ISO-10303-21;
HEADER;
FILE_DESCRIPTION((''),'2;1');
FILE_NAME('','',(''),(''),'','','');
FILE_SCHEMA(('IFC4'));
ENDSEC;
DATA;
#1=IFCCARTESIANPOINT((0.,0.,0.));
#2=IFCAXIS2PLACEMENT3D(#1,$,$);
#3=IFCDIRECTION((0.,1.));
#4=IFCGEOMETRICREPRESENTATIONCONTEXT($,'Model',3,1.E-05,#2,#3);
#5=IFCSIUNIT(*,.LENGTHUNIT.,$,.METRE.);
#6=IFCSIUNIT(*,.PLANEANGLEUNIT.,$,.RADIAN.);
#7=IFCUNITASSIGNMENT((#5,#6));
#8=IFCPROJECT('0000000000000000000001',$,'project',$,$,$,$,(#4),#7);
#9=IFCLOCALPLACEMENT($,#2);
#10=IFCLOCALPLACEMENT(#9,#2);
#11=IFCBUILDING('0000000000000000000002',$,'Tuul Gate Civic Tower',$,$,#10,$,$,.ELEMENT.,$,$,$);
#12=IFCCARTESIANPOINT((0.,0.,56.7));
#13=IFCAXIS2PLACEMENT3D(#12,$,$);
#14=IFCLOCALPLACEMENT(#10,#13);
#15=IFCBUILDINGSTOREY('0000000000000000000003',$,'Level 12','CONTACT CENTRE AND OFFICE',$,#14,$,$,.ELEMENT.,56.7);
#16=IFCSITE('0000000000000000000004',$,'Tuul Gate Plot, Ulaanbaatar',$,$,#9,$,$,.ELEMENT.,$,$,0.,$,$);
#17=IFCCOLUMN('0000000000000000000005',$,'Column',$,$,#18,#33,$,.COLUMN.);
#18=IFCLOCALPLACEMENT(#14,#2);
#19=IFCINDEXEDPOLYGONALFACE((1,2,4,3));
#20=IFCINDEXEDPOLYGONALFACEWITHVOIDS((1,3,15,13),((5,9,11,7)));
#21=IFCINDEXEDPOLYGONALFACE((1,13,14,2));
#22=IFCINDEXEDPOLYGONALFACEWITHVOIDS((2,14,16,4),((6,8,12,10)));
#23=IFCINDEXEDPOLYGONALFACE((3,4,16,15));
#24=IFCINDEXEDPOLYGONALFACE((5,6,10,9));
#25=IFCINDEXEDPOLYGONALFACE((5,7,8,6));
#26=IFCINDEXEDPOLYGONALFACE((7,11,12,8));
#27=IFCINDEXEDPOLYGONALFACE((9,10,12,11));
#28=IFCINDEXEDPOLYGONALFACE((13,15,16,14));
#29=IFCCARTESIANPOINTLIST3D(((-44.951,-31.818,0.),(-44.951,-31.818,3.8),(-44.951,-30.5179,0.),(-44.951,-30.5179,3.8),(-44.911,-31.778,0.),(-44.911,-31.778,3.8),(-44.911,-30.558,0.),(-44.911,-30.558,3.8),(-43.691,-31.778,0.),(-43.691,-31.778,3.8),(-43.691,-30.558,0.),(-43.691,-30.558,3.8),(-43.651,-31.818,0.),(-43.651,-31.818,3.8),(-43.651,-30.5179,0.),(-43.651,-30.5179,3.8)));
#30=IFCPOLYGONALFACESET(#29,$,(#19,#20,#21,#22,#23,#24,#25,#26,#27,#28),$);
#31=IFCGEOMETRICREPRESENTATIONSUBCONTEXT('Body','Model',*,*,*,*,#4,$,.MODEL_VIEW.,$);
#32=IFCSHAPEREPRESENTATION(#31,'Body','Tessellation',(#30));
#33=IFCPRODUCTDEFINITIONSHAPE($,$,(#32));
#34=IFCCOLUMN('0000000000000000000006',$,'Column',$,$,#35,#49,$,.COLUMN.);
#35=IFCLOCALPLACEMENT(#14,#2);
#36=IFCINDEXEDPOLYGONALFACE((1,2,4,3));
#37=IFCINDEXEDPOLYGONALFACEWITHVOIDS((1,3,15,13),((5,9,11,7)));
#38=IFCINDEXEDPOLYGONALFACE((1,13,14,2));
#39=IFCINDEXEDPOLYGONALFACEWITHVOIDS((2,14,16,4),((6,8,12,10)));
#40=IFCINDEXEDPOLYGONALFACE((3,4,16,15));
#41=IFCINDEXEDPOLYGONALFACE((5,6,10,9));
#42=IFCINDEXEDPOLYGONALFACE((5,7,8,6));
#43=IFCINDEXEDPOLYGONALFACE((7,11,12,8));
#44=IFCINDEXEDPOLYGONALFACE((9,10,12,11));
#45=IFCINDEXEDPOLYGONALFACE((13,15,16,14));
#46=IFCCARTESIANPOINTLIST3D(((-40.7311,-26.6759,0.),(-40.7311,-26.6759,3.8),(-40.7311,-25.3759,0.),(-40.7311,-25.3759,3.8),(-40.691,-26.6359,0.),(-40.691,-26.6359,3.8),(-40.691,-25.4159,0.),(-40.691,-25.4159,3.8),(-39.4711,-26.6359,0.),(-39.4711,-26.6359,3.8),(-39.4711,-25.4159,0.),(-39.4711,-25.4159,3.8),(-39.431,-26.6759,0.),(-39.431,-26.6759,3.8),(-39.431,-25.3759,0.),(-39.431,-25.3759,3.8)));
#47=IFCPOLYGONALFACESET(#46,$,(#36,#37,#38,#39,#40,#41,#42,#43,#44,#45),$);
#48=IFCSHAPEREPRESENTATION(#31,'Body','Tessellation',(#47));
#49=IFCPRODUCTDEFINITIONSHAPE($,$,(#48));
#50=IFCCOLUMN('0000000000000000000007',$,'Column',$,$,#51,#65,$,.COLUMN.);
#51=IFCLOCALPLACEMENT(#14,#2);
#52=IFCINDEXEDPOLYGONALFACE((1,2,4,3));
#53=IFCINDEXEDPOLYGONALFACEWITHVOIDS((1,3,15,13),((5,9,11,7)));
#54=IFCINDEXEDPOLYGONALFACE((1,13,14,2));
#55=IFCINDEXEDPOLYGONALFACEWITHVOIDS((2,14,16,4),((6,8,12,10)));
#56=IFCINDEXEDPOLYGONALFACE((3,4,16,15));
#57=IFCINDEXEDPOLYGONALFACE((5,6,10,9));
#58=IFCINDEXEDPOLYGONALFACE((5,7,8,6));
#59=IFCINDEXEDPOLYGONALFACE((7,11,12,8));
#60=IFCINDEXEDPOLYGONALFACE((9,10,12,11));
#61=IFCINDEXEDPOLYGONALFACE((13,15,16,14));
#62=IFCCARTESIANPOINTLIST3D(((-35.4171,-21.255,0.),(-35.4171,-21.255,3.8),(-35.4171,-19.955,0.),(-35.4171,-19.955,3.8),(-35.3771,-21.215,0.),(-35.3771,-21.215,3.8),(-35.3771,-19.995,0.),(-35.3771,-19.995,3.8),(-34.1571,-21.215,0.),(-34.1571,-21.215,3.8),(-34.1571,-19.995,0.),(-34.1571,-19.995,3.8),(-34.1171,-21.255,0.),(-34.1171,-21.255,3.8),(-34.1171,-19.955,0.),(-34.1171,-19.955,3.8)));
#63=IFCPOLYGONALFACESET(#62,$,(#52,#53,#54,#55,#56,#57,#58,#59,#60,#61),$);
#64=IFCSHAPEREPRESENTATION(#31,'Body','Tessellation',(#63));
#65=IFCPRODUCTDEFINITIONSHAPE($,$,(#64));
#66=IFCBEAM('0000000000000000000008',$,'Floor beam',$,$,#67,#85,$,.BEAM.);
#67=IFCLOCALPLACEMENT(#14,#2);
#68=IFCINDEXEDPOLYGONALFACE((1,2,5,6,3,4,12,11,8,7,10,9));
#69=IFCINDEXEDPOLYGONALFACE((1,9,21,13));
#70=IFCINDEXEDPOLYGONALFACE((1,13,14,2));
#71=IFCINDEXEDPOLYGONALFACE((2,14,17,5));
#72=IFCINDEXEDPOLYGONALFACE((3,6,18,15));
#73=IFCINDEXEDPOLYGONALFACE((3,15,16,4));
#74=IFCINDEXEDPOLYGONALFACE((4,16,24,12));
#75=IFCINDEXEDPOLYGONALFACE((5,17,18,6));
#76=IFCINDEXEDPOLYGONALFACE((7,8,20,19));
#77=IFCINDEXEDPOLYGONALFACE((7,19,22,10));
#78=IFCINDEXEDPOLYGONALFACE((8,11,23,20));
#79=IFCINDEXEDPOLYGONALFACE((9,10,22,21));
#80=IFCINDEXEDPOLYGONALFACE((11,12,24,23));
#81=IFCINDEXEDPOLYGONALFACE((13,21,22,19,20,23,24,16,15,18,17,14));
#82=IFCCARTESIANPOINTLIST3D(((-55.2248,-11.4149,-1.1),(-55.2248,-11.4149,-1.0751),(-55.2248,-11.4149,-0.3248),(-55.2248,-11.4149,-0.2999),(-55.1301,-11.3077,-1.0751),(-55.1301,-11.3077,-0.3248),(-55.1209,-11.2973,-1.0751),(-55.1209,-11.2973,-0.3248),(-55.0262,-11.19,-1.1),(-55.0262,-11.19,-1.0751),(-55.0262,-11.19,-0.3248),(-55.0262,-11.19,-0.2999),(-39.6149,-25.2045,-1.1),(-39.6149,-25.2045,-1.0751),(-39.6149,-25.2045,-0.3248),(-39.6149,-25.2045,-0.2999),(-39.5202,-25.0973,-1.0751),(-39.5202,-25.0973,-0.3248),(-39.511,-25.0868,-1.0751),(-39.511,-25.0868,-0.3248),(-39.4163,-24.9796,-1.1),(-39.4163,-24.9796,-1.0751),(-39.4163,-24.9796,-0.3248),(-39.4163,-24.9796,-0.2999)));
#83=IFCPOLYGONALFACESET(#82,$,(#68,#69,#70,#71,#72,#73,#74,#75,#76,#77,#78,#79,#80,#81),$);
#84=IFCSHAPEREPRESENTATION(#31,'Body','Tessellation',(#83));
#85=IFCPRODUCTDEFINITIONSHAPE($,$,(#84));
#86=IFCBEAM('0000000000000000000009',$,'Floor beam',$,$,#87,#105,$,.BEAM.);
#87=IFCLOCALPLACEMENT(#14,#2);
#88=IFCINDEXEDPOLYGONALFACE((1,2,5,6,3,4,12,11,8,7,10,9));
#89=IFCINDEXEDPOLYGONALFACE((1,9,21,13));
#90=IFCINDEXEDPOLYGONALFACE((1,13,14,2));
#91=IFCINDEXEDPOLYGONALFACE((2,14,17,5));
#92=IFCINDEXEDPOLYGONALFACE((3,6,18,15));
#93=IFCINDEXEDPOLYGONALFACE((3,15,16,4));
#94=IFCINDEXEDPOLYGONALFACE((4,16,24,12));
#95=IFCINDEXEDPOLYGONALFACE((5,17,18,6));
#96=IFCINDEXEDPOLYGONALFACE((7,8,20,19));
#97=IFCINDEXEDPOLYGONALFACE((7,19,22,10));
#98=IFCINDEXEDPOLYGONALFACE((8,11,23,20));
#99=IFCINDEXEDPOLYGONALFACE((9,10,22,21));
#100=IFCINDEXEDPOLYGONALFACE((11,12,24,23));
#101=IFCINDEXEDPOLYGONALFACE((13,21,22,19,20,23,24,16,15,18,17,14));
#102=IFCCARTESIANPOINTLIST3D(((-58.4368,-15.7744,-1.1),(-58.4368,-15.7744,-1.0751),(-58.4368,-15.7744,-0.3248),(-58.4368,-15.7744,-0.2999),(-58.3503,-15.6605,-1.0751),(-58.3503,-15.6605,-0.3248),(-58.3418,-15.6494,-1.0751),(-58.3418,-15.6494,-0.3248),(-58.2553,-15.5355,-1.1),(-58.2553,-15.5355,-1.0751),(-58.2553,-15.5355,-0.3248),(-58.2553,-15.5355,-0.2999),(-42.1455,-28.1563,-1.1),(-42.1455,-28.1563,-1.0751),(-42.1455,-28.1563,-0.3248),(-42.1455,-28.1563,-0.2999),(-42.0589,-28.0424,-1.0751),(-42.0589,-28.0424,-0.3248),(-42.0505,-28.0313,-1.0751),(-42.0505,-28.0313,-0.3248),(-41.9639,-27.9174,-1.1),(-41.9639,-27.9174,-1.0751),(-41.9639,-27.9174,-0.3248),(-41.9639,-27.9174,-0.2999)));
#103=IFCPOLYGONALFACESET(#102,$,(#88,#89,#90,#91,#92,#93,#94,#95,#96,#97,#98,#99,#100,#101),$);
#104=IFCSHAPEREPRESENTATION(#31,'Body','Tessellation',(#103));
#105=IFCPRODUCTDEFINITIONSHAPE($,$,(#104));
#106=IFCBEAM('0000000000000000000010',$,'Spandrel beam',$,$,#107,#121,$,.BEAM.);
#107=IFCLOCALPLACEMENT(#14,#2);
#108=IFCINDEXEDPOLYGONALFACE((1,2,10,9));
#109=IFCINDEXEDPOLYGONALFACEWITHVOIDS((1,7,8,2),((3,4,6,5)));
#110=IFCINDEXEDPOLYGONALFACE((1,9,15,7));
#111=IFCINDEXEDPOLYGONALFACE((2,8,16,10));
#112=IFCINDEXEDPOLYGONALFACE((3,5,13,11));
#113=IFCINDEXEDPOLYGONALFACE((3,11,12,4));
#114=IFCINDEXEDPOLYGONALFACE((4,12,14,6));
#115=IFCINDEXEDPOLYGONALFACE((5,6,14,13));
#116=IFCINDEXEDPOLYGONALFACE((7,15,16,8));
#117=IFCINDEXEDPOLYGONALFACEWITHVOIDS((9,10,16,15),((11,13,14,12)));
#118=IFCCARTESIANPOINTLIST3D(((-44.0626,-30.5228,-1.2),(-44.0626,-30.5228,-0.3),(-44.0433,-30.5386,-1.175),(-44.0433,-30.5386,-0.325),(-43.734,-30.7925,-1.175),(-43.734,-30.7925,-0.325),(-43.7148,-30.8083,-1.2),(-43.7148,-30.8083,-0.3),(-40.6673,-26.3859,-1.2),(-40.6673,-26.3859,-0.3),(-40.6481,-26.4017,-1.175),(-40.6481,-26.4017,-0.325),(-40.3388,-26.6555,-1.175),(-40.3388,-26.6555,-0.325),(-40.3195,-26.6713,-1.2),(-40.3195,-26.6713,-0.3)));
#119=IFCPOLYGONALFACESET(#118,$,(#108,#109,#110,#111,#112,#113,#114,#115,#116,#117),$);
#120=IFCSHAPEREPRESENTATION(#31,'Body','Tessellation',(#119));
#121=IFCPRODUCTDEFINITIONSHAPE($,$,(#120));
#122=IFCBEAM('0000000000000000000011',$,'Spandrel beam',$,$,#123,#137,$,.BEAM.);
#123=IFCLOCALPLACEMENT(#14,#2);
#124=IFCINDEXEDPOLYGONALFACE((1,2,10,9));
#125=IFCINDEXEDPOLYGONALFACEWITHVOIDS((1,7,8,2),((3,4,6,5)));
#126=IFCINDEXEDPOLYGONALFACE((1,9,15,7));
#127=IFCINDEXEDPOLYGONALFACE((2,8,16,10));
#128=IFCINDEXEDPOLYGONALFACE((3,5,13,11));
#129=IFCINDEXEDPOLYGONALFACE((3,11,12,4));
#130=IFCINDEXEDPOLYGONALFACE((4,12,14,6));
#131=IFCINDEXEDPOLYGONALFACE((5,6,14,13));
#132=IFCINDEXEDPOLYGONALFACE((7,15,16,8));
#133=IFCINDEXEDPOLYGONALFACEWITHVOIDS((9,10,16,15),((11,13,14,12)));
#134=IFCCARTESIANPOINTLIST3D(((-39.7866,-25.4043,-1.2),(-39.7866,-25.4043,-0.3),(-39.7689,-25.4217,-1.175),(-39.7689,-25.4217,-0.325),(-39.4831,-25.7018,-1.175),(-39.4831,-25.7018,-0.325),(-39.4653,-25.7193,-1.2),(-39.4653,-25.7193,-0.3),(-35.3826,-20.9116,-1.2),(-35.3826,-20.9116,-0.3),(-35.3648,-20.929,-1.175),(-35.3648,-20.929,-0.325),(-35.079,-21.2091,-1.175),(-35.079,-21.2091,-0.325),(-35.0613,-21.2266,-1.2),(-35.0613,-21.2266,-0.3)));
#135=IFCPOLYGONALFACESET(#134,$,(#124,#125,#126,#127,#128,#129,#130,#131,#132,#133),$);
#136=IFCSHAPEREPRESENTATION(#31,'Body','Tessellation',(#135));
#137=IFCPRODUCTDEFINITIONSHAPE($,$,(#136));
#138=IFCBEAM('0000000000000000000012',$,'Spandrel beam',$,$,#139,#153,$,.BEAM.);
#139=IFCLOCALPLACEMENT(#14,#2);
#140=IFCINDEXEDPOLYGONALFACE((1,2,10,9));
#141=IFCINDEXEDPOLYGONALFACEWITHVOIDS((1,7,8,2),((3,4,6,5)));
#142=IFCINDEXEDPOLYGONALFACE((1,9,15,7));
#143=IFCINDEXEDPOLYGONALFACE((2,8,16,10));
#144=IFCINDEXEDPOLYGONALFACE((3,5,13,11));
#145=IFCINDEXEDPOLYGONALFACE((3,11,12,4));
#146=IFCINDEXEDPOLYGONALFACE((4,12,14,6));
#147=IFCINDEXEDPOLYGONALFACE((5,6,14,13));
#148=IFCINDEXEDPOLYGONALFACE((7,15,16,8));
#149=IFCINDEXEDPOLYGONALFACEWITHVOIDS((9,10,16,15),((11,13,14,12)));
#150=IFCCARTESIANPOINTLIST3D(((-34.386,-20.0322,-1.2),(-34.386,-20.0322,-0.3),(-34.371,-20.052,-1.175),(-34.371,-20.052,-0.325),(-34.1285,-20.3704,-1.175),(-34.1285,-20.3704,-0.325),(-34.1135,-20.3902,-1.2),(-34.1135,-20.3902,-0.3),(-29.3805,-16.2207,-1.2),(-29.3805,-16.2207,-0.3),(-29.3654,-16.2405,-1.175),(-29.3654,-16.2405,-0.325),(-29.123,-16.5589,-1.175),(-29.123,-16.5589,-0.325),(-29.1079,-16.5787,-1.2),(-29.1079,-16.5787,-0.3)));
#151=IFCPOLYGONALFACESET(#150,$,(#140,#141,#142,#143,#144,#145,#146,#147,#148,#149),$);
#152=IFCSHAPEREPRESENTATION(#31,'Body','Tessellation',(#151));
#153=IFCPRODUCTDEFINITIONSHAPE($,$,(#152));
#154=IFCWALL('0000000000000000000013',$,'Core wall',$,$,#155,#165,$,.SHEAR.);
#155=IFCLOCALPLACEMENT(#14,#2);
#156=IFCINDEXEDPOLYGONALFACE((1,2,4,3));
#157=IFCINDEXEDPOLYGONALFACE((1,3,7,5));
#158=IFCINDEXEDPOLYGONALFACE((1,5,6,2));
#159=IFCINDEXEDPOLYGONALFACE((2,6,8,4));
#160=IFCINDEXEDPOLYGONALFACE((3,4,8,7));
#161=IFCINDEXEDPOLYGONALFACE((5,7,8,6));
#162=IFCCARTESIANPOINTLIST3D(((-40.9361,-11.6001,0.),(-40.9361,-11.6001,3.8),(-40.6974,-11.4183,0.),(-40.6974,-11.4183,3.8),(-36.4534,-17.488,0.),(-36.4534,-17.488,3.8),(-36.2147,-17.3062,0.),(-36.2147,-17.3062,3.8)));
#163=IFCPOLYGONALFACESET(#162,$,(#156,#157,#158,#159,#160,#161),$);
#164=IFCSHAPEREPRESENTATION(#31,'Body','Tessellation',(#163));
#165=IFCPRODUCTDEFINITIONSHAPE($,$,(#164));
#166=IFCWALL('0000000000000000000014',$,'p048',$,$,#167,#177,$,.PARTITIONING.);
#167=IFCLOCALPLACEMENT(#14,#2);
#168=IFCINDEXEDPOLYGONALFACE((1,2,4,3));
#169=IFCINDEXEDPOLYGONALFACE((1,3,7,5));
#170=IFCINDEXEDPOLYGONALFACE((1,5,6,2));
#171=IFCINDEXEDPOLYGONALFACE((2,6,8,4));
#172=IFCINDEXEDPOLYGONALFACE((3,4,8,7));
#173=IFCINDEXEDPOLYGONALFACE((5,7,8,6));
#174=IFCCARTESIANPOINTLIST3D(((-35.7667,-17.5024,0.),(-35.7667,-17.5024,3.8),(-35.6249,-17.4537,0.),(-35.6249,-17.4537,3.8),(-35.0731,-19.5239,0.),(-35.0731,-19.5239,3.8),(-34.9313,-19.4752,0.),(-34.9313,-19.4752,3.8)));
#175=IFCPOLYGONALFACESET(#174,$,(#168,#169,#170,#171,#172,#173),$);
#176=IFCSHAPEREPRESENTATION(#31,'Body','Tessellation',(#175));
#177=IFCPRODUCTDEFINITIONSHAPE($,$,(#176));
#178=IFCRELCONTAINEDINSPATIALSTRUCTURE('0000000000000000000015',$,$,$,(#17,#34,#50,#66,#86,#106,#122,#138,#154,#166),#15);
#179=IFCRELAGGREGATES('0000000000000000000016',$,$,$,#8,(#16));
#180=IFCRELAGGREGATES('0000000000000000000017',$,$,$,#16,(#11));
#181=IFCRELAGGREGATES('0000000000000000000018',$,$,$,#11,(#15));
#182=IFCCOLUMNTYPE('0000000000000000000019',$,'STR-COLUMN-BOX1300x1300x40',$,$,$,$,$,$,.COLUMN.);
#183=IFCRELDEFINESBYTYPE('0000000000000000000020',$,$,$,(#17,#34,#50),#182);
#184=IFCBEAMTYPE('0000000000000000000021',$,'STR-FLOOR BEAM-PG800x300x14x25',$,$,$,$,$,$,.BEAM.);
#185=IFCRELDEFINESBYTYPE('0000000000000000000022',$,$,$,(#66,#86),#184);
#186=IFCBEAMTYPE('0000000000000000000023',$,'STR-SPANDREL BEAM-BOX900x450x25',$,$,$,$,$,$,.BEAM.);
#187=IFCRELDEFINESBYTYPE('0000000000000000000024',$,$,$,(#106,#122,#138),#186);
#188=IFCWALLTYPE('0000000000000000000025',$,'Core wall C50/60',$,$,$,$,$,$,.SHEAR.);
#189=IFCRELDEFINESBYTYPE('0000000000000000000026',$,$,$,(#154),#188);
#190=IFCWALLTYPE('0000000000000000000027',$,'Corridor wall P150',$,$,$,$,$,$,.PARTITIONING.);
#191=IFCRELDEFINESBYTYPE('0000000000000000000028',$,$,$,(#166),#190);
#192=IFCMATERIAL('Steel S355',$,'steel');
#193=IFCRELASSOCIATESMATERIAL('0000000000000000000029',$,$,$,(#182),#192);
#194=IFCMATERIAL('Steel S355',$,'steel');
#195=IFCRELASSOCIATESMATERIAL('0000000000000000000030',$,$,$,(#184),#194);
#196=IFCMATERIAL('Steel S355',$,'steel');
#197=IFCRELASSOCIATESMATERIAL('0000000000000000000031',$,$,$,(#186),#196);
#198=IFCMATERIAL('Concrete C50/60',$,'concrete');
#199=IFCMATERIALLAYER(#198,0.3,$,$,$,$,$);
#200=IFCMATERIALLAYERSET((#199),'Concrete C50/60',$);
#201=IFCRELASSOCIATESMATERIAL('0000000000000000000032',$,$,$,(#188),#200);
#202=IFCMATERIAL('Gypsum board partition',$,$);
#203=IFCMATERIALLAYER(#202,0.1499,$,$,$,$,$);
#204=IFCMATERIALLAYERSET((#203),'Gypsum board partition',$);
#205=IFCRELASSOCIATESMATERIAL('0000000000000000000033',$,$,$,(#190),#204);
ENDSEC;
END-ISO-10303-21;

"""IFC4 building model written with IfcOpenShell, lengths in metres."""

from ifc_helpers import new_model, si_unit, direction, frame, frame_2d, origin, origin_2d, place, context, subcontext, project, spatial, rectangle, hollow_rectangle, i_section, extrude, material, layer, layer_set, material_profile, profile_set, type_object, element, save


model = new_model("IFC4")

# Units and contexts
model_context = context("Model", 3, precision=1e-05, world=origin(), true_north=direction((0.0, 1.0)))
body_context = subcontext(model_context, "Body", "Model", "MODEL_VIEW")
ifc_project = project(units=[si_unit("LENGTHUNIT", "METRE"), si_unit("PLANEANGLEUNIT", "RADIAN")], contexts=[model_context])

# Site, building, storey
site_placement = place(None, origin())
site = spatial("IfcSite", under=ifc_project, at=site_placement, Name="Tuul Gate Plot, Ulaanbaatar", CompositionType="ELEMENT", RefElevation=0.0)
building_placement = place(site_placement, origin())
building = spatial("IfcBuilding", under=site, at=building_placement, Name="Tuul Gate Civic Tower", CompositionType="ELEMENT")
storey_placement = place(building_placement, frame((0.0, 0.0, 56.7)))
storey = spatial("IfcBuildingStorey", under=building, at=storey_placement, Name="Level 12", Description="CONTACT CENTRE AND OFFICE", CompositionType="ELEMENT", Elevation=56.7)

# Columns
ifc_material_1 = material(Name="Steel S355", Category="steel")
ifc_material_profile_1 = material_profile(ifc_material_1, hollow_rectangle(XDim=1.3, YDim=1.3, WallThickness=0.04, at=origin_2d()), Name="BOX1300x1300x40")
ifc_profile_set_1 = profile_set([ifc_material_profile_1], Name="Steel S355")
column_type = type_object("IfcColumnType", Name="STR-COLUMN-BOX1300x1300x40", PredefinedType="COLUMN", material=ifc_profile_set_1)
for number, where, z_axis, x_axis, name in (
    (1, (-44.301, -31.168, 0.0), (0.0, 0.0, 1.0), (1.0, 0.0, 0.0), "Column"),
    (2, (-40.0811, -26.0259, 0.0), (0.0, 0.0, 1.0), (1.0, 0.0, 0.0), "Column"),
    (3, (-34.7671, -20.605, 0.0), (0.0, 0.0, 1.0), (1.0, 0.0, 0.0), "Column"),
):
    element("IfcColumn", number, at=place(storey_placement, frame(where, z_axis=z_axis, x_axis=x_axis)), inside=storey, type_object=column_type, Name=name, PredefinedType="COLUMN", context=body_context, shape_type="SweptSolid", body=[
        extrude(hollow_rectangle(XDim=1.3, YDim=1.3, WallThickness=0.04, at=origin_2d()), origin(), (0.0, 0.0, 1.0), 3.8),
    ])

# Beams
ifc_material_2 = material(Name="Steel S355", Category="steel")
ifc_material_profile_2 = material_profile(ifc_material_2, i_section(OverallWidth=0.3, OverallDepth=0.8, WebThickness=0.0139, FlangeThickness=0.0249, at=origin_2d()), Name="PG800x300x14x25")
ifc_profile_set_2 = profile_set([ifc_material_profile_2], Name="Steel S355")
beam_type_1 = type_object("IfcBeamType", Name="STR-FLOOR BEAM-PG800x300x14x25", PredefinedType="BEAM", material=ifc_profile_set_2)
beam_1_placement = place(storey_placement, frame((-39.5156, -25.092, -0.7), z_axis=(-0.749453, 0.662057, 0.0), x_axis=(-0.662057, -0.749453, 0.0)))
element("IfcBeam", 4, at=beam_1_placement, inside=storey, type_object=beam_type_1, Name="Floor beam", PredefinedType="BEAM", context=body_context, shape_type="SweptSolid", body=[
    extrude(i_section(OverallWidth=0.3, OverallDepth=0.8, WebThickness=0.0139, FlangeThickness=0.0249, at=origin_2d()), origin(), (0.0, 0.0, 1.0), 20.8284),
])
beam_2_placement = place(storey_placement, frame((-42.0547, -28.0369, -0.7), z_axis=(-0.796151, 0.605098, 0.0), x_axis=(-0.605098, -0.796151, 0.0)))
element("IfcBeam", 5, at=beam_2_placement, inside=storey, type_object=beam_type_1, Name="Floor beam", PredefinedType="BEAM", context=body_context, shape_type="SweptSolid", body=[
    extrude(i_section(OverallWidth=0.3, OverallDepth=0.8, WebThickness=0.0139, FlangeThickness=0.0249, at=origin_2d()), origin(), (0.0, 0.0, 1.0), 20.4626),
])
ifc_material_3 = material(Name="Steel S355", Category="steel")
ifc_material_profile_3 = material_profile(ifc_material_3, hollow_rectangle(XDim=0.45, YDim=0.8999, WallThickness=0.0249, at=origin_2d()), Name="BOX900x450x25")
ifc_profile_set_3 = profile_set([ifc_material_profile_3], Name="Steel S355")
beam_type_2 = type_object("IfcBeamType", Name="STR-SPANDREL BEAM-BOX900x450x25", PredefinedType="BEAM", material=ifc_profile_set_3)
beam_3_placement = place(storey_placement, frame((-43.8887, -30.6655, -0.75), z_axis=(0.63441, 0.772997, 0.0), x_axis=(-0.772997, 0.63441, 0.0)))
element("IfcBeam", 6, at=beam_3_placement, inside=storey, type_object=beam_type_2, Name="Spandrel beam", PredefinedType="BEAM", context=body_context, shape_type="SweptSolid", body=[
    extrude(hollow_rectangle(XDim=0.45, YDim=0.8999, WallThickness=0.0249, at=origin_2d()), origin(), (0.0, 0.0, 1.0), 5.3518),
])
beam_4_placement = place(storey_placement, frame((-39.626, -25.5618, -0.75), z_axis=(0.700028, 0.714115, 0.0), x_axis=(-0.714115, 0.700028, 0.0)))
element("IfcBeam", 7, at=beam_4_placement, inside=storey, type_object=beam_type_2, Name="Spandrel beam", PredefinedType="BEAM", context=body_context, shape_type="SweptSolid", body=[
    extrude(hollow_rectangle(XDim=0.45, YDim=0.8999, WallThickness=0.0249, at=origin_2d()), origin(), (0.0, 0.0, 1.0), 6.2913),
])
beam_5_placement = place(storey_placement, frame((-34.2498, -20.2112, -0.75), z_axis=(0.795606, 0.605814, 0.0), x_axis=(-0.605814, 0.795606, 0.0)))
element("IfcBeam", 8, at=beam_5_placement, inside=storey, type_object=beam_type_2, Name="Spandrel beam", PredefinedType="BEAM", context=body_context, shape_type="SweptSolid", body=[
    extrude(hollow_rectangle(XDim=0.45, YDim=0.8999, WallThickness=0.0249, at=origin_2d()), origin(), (0.0, 0.0, 1.0), 6.2915),
])

# Walls
ifc_material_4 = material(Name="Concrete C50/60", Category="concrete")
ifc_layer_1 = layer(ifc_material_4, 0.3)
ifc_layer_set_1 = layer_set([ifc_layer_1], Name="Concrete C50/60")
wall_type_1 = type_object("IfcWallType", Name="Core wall C50/60", PredefinedType="SHEAR", material=ifc_layer_set_1)
wall_1_placement = place(storey_placement, frame((-36.334, -17.3972, 0.0), z_axis=(0.0, 0.0, 1.0), x_axis=(-0.605754, 0.795652, 0.0)))
element("IfcWall", 9, at=wall_1_placement, inside=storey, type_object=wall_type_1, Name="Core wall", PredefinedType="SHEAR", context=body_context, shape_type="SweptSolid", body=[
    extrude(rectangle(XDim=7.4001, YDim=0.3, at=frame_2d((3.7002, 0.0))), origin(), (0.0, 0.0, 1.0), 3.8),
])
ifc_material_5 = material(Name="Gypsum board partition")
ifc_layer_2 = layer(ifc_material_5, 0.1499)
ifc_layer_set_2 = layer_set([ifc_layer_2], Name="Gypsum board partition")
wall_type_2 = type_object("IfcWallType", Name="Corridor wall P150", PredefinedType="PARTITIONING", material=ifc_layer_set_2)
wall_2_placement = place(storey_placement, frame((-35.6958, -17.478, 0.0), z_axis=(0.0, 0.0, 1.0), x_axis=(0.324543, -0.945871, 0.0)))
element("IfcWall", 10, at=wall_2_placement, inside=storey, type_object=wall_type_2, Name="p048", PredefinedType="PARTITIONING", context=body_context, shape_type="SweptSolid", body=[
    extrude(rectangle(XDim=2.1372, YDim=0.1499, at=frame_2d((1.0686, 0.0))), origin(), (0.0, 0.0, 1.0), 3.8),
])

save(model, "model.ifc")
